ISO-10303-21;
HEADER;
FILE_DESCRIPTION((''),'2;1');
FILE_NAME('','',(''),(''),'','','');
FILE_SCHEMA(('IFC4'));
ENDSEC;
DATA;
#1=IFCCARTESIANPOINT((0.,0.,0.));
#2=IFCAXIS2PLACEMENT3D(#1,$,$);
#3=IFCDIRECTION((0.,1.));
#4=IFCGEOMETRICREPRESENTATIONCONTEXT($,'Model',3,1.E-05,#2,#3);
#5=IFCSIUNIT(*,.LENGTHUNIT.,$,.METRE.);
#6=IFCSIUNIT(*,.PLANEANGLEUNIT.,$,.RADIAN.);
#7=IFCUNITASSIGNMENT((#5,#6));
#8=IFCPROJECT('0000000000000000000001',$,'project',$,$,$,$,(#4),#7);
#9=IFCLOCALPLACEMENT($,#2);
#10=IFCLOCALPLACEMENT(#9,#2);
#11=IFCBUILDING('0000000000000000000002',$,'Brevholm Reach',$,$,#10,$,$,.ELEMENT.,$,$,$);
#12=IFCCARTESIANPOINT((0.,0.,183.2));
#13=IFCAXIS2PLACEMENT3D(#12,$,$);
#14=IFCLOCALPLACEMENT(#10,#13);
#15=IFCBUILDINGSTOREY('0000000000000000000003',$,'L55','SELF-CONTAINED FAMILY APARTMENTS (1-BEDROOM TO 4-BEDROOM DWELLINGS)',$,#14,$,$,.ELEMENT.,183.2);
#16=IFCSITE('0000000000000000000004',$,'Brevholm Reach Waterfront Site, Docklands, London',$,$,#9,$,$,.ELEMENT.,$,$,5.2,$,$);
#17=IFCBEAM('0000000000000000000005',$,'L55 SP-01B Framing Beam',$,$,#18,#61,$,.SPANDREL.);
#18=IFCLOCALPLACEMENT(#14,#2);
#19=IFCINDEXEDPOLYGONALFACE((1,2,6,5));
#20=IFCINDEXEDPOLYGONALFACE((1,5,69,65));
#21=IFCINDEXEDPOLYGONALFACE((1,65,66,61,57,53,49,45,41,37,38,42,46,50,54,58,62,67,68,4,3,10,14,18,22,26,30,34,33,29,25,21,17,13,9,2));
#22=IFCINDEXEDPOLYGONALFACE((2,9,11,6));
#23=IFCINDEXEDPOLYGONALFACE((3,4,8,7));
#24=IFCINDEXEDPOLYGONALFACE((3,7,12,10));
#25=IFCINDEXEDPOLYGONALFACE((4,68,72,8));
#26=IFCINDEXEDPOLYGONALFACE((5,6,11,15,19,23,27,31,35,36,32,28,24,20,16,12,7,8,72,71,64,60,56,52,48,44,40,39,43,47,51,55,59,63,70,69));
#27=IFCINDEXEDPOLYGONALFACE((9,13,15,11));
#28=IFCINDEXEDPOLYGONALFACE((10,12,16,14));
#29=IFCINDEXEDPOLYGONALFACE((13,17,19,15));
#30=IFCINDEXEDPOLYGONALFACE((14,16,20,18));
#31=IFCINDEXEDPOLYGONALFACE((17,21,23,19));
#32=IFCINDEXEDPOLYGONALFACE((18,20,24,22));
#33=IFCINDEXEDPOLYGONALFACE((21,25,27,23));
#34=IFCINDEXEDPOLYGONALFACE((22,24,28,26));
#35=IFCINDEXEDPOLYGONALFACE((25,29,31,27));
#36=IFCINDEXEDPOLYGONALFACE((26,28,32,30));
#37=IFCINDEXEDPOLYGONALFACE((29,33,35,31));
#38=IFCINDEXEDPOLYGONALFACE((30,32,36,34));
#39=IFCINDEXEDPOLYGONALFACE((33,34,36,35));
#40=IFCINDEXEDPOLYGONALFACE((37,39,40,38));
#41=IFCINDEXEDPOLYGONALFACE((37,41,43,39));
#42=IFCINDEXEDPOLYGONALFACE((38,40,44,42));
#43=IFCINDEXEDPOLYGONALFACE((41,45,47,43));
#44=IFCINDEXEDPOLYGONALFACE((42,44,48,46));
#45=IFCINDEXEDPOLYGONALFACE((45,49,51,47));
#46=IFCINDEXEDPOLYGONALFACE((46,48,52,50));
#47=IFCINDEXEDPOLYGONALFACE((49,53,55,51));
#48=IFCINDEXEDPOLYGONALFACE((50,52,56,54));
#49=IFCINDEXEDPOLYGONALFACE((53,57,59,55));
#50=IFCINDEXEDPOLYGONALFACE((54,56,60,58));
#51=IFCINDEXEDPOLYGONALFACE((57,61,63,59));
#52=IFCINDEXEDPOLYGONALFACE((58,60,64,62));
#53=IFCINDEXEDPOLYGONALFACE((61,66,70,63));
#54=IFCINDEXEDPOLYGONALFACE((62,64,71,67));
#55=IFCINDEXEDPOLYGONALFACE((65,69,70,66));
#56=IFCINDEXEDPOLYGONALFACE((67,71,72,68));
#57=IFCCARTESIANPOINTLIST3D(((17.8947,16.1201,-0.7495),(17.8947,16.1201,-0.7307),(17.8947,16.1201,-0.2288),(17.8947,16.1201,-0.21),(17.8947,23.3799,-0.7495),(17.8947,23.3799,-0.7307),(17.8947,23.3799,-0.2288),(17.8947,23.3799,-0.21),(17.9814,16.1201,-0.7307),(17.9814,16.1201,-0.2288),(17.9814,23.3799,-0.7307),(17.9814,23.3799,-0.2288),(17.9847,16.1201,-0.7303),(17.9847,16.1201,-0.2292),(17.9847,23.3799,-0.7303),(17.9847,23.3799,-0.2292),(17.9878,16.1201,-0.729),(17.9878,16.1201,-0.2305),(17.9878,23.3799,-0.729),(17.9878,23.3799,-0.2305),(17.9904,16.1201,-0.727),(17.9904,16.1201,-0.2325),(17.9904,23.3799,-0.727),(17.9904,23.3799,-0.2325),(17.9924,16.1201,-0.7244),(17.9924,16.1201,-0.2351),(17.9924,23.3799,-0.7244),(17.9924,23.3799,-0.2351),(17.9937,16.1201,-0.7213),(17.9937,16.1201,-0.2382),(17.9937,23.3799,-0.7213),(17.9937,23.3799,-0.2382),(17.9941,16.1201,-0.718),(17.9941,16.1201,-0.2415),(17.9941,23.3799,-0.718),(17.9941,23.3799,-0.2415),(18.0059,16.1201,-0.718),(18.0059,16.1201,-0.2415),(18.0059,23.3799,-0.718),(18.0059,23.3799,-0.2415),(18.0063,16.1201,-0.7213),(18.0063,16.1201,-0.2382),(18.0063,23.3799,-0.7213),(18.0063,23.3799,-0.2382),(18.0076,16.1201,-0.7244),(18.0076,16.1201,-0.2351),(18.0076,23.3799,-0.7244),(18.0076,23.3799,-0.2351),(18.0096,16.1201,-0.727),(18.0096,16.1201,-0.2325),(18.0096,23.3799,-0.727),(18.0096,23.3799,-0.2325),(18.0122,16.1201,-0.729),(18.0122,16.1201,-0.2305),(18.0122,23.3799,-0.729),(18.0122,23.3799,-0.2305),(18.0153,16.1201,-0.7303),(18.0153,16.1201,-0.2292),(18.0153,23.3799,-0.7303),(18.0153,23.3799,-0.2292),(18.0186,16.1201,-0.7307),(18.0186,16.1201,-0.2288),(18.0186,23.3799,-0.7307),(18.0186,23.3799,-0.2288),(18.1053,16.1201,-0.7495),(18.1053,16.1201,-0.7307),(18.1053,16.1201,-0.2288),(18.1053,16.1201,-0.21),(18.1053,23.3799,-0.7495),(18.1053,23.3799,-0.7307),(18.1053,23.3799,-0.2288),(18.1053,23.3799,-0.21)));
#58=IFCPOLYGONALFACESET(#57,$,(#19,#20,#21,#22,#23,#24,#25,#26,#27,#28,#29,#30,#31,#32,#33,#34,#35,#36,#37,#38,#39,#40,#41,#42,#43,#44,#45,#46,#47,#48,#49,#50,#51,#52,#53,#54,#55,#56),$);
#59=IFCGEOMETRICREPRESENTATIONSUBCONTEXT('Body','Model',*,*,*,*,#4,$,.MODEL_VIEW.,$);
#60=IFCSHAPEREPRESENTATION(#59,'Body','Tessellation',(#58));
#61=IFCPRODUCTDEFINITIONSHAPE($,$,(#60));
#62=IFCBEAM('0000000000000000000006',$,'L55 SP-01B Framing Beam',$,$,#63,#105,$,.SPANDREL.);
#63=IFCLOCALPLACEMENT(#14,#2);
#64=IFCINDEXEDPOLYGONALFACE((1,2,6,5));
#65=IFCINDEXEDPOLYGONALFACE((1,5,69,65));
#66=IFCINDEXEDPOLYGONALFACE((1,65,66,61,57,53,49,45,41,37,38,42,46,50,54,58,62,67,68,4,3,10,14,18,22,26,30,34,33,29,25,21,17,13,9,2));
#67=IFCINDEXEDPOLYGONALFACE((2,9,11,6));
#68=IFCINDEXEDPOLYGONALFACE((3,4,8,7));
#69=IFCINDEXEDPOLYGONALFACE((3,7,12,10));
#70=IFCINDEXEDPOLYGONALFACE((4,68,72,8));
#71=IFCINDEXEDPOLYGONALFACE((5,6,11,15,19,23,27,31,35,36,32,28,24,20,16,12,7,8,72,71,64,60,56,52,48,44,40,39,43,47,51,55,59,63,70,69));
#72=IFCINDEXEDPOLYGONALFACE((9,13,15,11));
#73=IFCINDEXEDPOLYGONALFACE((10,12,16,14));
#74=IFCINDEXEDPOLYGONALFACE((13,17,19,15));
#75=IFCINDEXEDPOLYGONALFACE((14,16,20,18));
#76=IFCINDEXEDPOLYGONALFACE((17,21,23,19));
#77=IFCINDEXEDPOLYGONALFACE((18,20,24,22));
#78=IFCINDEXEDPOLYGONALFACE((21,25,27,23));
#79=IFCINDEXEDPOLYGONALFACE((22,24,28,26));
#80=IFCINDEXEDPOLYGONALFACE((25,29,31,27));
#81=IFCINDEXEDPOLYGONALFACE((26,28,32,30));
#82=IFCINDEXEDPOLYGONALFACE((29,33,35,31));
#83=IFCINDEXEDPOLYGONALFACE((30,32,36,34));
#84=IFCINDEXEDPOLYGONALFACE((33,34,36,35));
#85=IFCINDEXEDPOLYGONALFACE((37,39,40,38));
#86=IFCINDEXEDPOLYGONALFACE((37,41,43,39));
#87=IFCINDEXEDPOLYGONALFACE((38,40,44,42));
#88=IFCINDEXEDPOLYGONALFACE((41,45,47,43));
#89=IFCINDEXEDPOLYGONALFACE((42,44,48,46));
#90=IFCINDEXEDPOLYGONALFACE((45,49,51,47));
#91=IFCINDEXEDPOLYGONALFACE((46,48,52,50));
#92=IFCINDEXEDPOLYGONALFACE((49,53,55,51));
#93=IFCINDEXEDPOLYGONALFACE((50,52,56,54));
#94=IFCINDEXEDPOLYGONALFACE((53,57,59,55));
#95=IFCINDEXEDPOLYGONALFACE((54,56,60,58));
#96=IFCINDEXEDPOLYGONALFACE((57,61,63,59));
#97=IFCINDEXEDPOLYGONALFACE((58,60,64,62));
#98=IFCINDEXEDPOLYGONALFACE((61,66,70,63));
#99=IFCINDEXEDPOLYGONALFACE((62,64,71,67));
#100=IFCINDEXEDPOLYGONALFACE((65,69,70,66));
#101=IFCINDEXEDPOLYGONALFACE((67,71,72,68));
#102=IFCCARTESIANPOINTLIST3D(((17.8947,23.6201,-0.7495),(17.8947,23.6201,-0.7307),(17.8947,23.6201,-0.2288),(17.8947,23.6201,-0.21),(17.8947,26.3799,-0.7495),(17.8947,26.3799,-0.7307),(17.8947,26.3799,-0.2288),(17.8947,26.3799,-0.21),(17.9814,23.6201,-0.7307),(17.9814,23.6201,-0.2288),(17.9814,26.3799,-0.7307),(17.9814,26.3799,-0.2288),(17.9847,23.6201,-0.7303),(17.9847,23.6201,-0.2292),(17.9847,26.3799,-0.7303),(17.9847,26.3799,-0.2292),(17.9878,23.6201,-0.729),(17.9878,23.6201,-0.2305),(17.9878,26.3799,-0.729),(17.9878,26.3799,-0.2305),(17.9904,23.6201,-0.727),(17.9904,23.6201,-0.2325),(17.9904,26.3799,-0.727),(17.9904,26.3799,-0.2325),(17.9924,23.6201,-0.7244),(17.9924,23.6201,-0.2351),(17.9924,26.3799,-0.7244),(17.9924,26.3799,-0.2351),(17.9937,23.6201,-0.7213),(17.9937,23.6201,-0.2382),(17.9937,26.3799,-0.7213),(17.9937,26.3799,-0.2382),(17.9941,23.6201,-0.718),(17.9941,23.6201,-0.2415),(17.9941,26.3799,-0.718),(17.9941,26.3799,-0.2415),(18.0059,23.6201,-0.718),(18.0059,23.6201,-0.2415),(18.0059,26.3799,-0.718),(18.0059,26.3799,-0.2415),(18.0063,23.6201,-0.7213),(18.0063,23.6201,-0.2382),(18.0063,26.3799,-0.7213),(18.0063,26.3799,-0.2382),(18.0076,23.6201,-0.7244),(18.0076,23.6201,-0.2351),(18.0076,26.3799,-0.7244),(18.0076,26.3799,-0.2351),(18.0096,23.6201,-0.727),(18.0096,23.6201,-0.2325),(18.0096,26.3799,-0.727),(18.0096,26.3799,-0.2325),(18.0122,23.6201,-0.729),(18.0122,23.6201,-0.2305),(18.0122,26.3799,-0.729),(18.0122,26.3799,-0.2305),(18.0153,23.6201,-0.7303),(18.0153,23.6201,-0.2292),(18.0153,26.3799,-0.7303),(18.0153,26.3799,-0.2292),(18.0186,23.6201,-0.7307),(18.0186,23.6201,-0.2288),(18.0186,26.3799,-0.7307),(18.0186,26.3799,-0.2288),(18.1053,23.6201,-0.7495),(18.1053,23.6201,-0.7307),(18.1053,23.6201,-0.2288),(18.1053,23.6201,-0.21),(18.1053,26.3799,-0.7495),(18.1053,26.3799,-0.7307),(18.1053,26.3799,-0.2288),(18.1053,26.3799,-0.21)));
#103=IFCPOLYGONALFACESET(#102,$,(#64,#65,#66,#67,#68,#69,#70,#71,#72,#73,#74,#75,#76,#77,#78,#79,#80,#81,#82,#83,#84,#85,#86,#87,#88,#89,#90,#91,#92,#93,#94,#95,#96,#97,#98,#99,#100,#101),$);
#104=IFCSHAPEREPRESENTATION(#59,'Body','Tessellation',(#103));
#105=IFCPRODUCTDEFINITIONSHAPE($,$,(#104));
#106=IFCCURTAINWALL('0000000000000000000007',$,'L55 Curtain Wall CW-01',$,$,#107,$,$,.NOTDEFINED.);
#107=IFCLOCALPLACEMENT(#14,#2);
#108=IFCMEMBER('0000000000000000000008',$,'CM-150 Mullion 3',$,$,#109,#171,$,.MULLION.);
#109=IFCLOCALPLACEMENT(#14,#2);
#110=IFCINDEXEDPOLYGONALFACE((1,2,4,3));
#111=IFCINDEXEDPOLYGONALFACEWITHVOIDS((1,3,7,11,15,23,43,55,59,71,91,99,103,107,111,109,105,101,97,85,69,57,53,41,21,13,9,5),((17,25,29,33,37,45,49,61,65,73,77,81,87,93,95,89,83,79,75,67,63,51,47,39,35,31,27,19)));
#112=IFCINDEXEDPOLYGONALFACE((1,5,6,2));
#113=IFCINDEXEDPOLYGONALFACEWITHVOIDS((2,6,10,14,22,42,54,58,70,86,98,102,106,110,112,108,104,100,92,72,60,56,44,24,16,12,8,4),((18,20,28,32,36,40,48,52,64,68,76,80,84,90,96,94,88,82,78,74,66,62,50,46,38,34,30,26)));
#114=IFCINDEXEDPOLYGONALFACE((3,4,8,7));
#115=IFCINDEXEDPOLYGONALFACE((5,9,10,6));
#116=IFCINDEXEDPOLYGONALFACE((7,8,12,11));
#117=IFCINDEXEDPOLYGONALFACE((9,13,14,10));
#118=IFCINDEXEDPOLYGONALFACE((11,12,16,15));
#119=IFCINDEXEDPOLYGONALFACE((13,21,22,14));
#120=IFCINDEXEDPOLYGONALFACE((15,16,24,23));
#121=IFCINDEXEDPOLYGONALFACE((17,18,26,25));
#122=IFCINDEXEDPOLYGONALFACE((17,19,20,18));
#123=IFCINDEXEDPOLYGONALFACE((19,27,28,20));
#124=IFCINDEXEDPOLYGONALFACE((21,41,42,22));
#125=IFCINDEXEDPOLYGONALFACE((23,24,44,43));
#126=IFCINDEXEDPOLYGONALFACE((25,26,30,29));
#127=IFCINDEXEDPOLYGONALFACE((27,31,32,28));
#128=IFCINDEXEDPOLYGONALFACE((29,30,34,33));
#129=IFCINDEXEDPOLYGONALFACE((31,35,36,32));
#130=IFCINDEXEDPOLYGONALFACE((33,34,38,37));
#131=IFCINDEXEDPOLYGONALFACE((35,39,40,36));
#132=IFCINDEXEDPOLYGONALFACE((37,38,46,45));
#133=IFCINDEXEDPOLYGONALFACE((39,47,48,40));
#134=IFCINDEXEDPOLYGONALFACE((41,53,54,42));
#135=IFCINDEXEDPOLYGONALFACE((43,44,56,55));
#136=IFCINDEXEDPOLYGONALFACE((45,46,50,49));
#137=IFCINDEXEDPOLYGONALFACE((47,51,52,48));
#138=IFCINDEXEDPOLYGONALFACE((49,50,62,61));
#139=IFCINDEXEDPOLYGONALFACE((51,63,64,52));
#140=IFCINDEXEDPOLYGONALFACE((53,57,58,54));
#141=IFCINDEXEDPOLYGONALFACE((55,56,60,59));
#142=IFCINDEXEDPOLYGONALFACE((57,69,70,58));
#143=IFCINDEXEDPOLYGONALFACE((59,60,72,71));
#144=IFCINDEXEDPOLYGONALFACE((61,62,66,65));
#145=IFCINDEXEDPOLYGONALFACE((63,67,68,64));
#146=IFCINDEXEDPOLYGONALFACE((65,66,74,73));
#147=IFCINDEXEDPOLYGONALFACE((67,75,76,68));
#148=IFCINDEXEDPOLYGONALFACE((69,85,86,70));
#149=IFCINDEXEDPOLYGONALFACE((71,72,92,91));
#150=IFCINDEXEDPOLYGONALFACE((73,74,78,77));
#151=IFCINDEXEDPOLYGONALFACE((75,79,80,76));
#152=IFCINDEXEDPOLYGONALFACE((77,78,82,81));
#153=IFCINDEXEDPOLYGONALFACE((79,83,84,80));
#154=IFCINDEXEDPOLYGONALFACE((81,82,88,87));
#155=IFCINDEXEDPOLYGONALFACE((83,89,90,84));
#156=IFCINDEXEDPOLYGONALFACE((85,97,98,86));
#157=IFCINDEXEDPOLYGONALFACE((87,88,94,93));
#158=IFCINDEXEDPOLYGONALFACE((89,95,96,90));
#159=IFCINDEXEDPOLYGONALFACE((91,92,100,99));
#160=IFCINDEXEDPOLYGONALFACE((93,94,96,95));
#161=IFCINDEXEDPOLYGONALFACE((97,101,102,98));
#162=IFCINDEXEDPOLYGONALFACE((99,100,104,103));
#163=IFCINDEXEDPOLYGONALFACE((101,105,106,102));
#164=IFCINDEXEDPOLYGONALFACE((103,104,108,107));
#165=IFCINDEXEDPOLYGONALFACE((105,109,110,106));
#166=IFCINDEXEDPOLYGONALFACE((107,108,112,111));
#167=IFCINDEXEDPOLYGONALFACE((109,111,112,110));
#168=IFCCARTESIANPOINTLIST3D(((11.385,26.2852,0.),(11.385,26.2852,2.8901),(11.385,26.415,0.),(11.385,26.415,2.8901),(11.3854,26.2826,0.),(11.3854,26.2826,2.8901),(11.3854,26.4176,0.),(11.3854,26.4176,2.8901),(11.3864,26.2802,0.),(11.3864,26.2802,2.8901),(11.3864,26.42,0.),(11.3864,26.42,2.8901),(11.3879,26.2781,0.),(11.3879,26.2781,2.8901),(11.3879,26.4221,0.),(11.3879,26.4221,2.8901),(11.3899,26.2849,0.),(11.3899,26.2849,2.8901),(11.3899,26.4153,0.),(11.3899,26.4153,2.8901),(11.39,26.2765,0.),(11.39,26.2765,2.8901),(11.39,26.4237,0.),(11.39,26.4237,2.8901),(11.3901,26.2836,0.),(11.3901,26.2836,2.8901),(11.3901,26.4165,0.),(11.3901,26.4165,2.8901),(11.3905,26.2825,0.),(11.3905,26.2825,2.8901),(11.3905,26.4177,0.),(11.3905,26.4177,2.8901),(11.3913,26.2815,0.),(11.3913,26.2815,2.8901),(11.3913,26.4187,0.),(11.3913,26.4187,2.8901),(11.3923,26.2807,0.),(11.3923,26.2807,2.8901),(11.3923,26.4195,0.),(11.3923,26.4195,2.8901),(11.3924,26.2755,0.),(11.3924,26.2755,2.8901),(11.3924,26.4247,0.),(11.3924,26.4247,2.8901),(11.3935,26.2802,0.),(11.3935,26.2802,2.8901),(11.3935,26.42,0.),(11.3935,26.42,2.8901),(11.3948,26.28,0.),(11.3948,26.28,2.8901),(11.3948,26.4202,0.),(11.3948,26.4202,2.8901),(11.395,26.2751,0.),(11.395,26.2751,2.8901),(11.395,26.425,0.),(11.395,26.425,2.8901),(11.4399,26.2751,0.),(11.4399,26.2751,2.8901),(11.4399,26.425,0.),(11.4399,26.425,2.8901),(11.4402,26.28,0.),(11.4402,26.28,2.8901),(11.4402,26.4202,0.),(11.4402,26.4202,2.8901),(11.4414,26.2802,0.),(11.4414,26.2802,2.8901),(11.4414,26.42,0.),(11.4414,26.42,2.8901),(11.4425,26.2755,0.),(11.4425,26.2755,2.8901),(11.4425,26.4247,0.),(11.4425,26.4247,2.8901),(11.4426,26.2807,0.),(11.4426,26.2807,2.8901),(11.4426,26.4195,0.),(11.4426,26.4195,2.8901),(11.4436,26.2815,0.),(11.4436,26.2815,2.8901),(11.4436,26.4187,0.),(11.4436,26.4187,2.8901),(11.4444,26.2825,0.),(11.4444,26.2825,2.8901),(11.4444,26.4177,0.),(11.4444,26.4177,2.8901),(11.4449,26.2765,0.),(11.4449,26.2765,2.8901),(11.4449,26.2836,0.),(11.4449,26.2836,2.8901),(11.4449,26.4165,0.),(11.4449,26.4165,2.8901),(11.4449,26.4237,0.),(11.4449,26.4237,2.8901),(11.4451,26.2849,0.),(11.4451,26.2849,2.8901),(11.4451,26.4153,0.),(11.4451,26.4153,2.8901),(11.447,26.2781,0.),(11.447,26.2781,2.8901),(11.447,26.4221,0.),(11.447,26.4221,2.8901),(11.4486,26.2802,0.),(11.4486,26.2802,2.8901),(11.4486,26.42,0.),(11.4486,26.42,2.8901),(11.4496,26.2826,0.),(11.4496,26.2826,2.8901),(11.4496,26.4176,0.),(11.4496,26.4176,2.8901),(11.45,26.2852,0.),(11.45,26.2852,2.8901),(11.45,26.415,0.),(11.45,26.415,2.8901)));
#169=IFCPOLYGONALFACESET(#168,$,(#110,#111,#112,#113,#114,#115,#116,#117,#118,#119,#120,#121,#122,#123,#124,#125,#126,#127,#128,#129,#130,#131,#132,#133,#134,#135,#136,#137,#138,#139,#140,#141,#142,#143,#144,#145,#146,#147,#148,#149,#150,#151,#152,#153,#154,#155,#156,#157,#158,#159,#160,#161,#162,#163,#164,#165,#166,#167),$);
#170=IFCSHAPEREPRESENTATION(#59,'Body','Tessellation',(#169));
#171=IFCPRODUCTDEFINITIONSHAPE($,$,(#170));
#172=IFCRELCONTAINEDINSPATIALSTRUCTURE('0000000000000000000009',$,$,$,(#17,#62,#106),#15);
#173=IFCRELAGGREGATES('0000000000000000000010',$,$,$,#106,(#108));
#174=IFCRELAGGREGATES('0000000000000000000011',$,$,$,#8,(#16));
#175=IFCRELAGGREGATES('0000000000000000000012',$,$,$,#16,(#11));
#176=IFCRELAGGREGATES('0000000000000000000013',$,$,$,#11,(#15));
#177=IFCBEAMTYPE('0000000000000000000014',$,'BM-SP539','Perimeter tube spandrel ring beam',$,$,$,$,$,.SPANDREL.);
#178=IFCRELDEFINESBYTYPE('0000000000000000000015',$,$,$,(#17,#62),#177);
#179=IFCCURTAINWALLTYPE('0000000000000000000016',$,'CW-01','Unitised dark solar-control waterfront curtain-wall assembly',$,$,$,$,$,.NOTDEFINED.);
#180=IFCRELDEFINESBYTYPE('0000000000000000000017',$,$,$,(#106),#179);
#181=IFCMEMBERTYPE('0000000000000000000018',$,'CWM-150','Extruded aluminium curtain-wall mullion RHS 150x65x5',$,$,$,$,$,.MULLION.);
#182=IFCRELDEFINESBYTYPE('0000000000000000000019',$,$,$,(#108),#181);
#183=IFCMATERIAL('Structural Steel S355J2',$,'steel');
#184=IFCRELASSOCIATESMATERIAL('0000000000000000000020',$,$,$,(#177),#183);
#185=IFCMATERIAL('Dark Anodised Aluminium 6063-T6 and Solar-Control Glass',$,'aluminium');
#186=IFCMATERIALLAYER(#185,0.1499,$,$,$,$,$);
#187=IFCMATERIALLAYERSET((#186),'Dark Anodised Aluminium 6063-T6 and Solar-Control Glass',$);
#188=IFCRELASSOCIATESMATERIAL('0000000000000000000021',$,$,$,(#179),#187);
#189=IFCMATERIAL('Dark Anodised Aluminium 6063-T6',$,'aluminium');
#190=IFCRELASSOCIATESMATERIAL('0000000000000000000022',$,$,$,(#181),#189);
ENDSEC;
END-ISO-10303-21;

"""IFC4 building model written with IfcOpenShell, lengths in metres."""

from ifc_helpers import new_model, si_unit, direction, frame, origin, origin_2d, place, context, subcontext, project, spatial, hollow_rectangle, i_section, extrude, material, layer, layer_set, material_profile, profile_set, type_object, element, aggregate, save


model = new_model("IFC4")

# Units and contexts
model_context = context("Model", 3, precision=1e-05, world=origin(), true_north=direction((0.0, 1.0)))
body_context = subcontext(model_context, "Body", "Model", "MODEL_VIEW")
ifc_project = project(units=[si_unit("LENGTHUNIT", "METRE"), si_unit("PLANEANGLEUNIT", "RADIAN")], contexts=[model_context])

# Site, building, storey
site_placement = place(None, origin())
site = spatial("IfcSite", under=ifc_project, at=site_placement, Name="Brevholm Reach Waterfront Site, Docklands, London", CompositionType="ELEMENT", RefElevation=5.2)
building_placement = place(site_placement, origin())
building = spatial("IfcBuilding", under=site, at=building_placement, Name="Brevholm Reach", CompositionType="ELEMENT")
storey_placement = place(building_placement, frame((0.0, 0.0, 183.2)))
storey = spatial("IfcBuildingStorey", under=building, at=storey_placement, Name="L55", Description="SELF-CONTAINED FAMILY APARTMENTS (1-BEDROOM TO 4-BEDROOM DWELLINGS)", CompositionType="ELEMENT", Elevation=183.2)

# Beams
ifc_material_1 = material(Name="Structural Steel S355J2", Category="steel")
ifc_material_profile_1 = material_profile(ifc_material_1, i_section(OverallWidth=0.2107, OverallDepth=0.5396, WebThickness=0.0117, FlangeThickness=0.0188, FilletRadius=0.0127, at=origin_2d()), Name="UKB 533x210x109")
ifc_profile_set_1 = profile_set([ifc_material_profile_1], Name="Structural Steel S355J2")
beam_type_1 = type_object("IfcBeamType", Name="BM-SP539", Description="Perimeter tube spandrel ring beam", PredefinedType="SPANDREL", material=ifc_profile_set_1)
beam_1_placement = place(storey_placement, frame((18.0, 16.1201, -0.4797), z_axis=(0.0, 1.0, 0.0), x_axis=(-1.0, 0.0, 0.0)))
element("IfcBeam", 1, at=beam_1_placement, inside=storey, type_object=beam_type_1, Name="L55 SP-01B Framing Beam", PredefinedType="SPANDREL", context=body_context, shape_type="SweptSolid", body=[
    extrude(i_section(OverallWidth=0.2107, OverallDepth=0.5396, WebThickness=0.0117, FlangeThickness=0.0188, FilletRadius=0.0127, at=origin_2d()), origin(), (0.0, 0.0, 1.0), 7.2598),
])
beam_2_placement = place(storey_placement, frame((18.0, 23.6201, -0.4797), z_axis=(0.0, 1.0, 0.0), x_axis=(-1.0, 0.0, 0.0)))
element("IfcBeam", 2, at=beam_2_placement, inside=storey, type_object=beam_type_1, Name="L55 SP-01B Framing Beam", PredefinedType="SPANDREL", context=body_context, shape_type="SweptSolid", body=[
    extrude(i_section(OverallWidth=0.2107, OverallDepth=0.5396, WebThickness=0.0117, FlangeThickness=0.0188, FilletRadius=0.0127, at=origin_2d()), origin(), (0.0, 0.0, 1.0), 2.7598),
])

# Curtain wall, member
ifc_material_2 = material(Name="Dark Anodised Aluminium 6063-T6 and Solar-Control Glass", Category="aluminium")
ifc_layer_1 = layer(ifc_material_2, 0.1499)
ifc_layer_set_1 = layer_set([ifc_layer_1], Name="Dark Anodised Aluminium 6063-T6 and Solar-Control Glass")
curtain_wall_type = type_object("IfcCurtainWallType", Name="CW-01", Description="Unitised dark solar-control waterfront curtain-wall assembly", PredefinedType="NOTDEFINED", material=ifc_layer_set_1)
curtain_wall_placement = place(storey_placement, origin())
curtain_wall = element("IfcCurtainWall", 3, at=curtain_wall_placement, inside=storey, type_object=curtain_wall_type, Name="L55 Curtain Wall CW-01", PredefinedType="NOTDEFINED")
ifc_material_3 = material(Name="Dark Anodised Aluminium 6063-T6", Category="aluminium")
ifc_material_profile_2 = material_profile(ifc_material_3, hollow_rectangle(XDim=0.0649, YDim=0.1499, WallThickness=0.0049, InnerFilletRadius=0.0049, OuterFilletRadius=0.01, at=origin_2d()), Name="RHS 150x65x5")
ifc_profile_set_2 = profile_set([ifc_material_profile_2], Name="Dark Anodised Aluminium 6063-T6")
member_type = type_object("IfcMemberType", Name="CWM-150", Description="Extruded aluminium curtain-wall mullion RHS 150x65x5", PredefinedType="MULLION", material=ifc_profile_set_2)
member_placement = place(storey_placement, frame((11.4175, 26.3501, 0.0), z_axis=(0.0, 0.0, 1.0), x_axis=(1.0, 0.0, 0.0)))
member = element("IfcMember", 4, at=member_placement, type_object=member_type, Name="CM-150 Mullion 3", PredefinedType="MULLION", context=body_context, shape_type="SweptSolid", body=[
    extrude(hollow_rectangle(XDim=0.0649, YDim=0.1499, WallThickness=0.0049, InnerFilletRadius=0.0049, OuterFilletRadius=0.01, at=origin_2d()), origin(), (0.0, 0.0, 1.0), 2.8901),
])
aggregate(curtain_wall, [member])

save(model, "model.ifc")
